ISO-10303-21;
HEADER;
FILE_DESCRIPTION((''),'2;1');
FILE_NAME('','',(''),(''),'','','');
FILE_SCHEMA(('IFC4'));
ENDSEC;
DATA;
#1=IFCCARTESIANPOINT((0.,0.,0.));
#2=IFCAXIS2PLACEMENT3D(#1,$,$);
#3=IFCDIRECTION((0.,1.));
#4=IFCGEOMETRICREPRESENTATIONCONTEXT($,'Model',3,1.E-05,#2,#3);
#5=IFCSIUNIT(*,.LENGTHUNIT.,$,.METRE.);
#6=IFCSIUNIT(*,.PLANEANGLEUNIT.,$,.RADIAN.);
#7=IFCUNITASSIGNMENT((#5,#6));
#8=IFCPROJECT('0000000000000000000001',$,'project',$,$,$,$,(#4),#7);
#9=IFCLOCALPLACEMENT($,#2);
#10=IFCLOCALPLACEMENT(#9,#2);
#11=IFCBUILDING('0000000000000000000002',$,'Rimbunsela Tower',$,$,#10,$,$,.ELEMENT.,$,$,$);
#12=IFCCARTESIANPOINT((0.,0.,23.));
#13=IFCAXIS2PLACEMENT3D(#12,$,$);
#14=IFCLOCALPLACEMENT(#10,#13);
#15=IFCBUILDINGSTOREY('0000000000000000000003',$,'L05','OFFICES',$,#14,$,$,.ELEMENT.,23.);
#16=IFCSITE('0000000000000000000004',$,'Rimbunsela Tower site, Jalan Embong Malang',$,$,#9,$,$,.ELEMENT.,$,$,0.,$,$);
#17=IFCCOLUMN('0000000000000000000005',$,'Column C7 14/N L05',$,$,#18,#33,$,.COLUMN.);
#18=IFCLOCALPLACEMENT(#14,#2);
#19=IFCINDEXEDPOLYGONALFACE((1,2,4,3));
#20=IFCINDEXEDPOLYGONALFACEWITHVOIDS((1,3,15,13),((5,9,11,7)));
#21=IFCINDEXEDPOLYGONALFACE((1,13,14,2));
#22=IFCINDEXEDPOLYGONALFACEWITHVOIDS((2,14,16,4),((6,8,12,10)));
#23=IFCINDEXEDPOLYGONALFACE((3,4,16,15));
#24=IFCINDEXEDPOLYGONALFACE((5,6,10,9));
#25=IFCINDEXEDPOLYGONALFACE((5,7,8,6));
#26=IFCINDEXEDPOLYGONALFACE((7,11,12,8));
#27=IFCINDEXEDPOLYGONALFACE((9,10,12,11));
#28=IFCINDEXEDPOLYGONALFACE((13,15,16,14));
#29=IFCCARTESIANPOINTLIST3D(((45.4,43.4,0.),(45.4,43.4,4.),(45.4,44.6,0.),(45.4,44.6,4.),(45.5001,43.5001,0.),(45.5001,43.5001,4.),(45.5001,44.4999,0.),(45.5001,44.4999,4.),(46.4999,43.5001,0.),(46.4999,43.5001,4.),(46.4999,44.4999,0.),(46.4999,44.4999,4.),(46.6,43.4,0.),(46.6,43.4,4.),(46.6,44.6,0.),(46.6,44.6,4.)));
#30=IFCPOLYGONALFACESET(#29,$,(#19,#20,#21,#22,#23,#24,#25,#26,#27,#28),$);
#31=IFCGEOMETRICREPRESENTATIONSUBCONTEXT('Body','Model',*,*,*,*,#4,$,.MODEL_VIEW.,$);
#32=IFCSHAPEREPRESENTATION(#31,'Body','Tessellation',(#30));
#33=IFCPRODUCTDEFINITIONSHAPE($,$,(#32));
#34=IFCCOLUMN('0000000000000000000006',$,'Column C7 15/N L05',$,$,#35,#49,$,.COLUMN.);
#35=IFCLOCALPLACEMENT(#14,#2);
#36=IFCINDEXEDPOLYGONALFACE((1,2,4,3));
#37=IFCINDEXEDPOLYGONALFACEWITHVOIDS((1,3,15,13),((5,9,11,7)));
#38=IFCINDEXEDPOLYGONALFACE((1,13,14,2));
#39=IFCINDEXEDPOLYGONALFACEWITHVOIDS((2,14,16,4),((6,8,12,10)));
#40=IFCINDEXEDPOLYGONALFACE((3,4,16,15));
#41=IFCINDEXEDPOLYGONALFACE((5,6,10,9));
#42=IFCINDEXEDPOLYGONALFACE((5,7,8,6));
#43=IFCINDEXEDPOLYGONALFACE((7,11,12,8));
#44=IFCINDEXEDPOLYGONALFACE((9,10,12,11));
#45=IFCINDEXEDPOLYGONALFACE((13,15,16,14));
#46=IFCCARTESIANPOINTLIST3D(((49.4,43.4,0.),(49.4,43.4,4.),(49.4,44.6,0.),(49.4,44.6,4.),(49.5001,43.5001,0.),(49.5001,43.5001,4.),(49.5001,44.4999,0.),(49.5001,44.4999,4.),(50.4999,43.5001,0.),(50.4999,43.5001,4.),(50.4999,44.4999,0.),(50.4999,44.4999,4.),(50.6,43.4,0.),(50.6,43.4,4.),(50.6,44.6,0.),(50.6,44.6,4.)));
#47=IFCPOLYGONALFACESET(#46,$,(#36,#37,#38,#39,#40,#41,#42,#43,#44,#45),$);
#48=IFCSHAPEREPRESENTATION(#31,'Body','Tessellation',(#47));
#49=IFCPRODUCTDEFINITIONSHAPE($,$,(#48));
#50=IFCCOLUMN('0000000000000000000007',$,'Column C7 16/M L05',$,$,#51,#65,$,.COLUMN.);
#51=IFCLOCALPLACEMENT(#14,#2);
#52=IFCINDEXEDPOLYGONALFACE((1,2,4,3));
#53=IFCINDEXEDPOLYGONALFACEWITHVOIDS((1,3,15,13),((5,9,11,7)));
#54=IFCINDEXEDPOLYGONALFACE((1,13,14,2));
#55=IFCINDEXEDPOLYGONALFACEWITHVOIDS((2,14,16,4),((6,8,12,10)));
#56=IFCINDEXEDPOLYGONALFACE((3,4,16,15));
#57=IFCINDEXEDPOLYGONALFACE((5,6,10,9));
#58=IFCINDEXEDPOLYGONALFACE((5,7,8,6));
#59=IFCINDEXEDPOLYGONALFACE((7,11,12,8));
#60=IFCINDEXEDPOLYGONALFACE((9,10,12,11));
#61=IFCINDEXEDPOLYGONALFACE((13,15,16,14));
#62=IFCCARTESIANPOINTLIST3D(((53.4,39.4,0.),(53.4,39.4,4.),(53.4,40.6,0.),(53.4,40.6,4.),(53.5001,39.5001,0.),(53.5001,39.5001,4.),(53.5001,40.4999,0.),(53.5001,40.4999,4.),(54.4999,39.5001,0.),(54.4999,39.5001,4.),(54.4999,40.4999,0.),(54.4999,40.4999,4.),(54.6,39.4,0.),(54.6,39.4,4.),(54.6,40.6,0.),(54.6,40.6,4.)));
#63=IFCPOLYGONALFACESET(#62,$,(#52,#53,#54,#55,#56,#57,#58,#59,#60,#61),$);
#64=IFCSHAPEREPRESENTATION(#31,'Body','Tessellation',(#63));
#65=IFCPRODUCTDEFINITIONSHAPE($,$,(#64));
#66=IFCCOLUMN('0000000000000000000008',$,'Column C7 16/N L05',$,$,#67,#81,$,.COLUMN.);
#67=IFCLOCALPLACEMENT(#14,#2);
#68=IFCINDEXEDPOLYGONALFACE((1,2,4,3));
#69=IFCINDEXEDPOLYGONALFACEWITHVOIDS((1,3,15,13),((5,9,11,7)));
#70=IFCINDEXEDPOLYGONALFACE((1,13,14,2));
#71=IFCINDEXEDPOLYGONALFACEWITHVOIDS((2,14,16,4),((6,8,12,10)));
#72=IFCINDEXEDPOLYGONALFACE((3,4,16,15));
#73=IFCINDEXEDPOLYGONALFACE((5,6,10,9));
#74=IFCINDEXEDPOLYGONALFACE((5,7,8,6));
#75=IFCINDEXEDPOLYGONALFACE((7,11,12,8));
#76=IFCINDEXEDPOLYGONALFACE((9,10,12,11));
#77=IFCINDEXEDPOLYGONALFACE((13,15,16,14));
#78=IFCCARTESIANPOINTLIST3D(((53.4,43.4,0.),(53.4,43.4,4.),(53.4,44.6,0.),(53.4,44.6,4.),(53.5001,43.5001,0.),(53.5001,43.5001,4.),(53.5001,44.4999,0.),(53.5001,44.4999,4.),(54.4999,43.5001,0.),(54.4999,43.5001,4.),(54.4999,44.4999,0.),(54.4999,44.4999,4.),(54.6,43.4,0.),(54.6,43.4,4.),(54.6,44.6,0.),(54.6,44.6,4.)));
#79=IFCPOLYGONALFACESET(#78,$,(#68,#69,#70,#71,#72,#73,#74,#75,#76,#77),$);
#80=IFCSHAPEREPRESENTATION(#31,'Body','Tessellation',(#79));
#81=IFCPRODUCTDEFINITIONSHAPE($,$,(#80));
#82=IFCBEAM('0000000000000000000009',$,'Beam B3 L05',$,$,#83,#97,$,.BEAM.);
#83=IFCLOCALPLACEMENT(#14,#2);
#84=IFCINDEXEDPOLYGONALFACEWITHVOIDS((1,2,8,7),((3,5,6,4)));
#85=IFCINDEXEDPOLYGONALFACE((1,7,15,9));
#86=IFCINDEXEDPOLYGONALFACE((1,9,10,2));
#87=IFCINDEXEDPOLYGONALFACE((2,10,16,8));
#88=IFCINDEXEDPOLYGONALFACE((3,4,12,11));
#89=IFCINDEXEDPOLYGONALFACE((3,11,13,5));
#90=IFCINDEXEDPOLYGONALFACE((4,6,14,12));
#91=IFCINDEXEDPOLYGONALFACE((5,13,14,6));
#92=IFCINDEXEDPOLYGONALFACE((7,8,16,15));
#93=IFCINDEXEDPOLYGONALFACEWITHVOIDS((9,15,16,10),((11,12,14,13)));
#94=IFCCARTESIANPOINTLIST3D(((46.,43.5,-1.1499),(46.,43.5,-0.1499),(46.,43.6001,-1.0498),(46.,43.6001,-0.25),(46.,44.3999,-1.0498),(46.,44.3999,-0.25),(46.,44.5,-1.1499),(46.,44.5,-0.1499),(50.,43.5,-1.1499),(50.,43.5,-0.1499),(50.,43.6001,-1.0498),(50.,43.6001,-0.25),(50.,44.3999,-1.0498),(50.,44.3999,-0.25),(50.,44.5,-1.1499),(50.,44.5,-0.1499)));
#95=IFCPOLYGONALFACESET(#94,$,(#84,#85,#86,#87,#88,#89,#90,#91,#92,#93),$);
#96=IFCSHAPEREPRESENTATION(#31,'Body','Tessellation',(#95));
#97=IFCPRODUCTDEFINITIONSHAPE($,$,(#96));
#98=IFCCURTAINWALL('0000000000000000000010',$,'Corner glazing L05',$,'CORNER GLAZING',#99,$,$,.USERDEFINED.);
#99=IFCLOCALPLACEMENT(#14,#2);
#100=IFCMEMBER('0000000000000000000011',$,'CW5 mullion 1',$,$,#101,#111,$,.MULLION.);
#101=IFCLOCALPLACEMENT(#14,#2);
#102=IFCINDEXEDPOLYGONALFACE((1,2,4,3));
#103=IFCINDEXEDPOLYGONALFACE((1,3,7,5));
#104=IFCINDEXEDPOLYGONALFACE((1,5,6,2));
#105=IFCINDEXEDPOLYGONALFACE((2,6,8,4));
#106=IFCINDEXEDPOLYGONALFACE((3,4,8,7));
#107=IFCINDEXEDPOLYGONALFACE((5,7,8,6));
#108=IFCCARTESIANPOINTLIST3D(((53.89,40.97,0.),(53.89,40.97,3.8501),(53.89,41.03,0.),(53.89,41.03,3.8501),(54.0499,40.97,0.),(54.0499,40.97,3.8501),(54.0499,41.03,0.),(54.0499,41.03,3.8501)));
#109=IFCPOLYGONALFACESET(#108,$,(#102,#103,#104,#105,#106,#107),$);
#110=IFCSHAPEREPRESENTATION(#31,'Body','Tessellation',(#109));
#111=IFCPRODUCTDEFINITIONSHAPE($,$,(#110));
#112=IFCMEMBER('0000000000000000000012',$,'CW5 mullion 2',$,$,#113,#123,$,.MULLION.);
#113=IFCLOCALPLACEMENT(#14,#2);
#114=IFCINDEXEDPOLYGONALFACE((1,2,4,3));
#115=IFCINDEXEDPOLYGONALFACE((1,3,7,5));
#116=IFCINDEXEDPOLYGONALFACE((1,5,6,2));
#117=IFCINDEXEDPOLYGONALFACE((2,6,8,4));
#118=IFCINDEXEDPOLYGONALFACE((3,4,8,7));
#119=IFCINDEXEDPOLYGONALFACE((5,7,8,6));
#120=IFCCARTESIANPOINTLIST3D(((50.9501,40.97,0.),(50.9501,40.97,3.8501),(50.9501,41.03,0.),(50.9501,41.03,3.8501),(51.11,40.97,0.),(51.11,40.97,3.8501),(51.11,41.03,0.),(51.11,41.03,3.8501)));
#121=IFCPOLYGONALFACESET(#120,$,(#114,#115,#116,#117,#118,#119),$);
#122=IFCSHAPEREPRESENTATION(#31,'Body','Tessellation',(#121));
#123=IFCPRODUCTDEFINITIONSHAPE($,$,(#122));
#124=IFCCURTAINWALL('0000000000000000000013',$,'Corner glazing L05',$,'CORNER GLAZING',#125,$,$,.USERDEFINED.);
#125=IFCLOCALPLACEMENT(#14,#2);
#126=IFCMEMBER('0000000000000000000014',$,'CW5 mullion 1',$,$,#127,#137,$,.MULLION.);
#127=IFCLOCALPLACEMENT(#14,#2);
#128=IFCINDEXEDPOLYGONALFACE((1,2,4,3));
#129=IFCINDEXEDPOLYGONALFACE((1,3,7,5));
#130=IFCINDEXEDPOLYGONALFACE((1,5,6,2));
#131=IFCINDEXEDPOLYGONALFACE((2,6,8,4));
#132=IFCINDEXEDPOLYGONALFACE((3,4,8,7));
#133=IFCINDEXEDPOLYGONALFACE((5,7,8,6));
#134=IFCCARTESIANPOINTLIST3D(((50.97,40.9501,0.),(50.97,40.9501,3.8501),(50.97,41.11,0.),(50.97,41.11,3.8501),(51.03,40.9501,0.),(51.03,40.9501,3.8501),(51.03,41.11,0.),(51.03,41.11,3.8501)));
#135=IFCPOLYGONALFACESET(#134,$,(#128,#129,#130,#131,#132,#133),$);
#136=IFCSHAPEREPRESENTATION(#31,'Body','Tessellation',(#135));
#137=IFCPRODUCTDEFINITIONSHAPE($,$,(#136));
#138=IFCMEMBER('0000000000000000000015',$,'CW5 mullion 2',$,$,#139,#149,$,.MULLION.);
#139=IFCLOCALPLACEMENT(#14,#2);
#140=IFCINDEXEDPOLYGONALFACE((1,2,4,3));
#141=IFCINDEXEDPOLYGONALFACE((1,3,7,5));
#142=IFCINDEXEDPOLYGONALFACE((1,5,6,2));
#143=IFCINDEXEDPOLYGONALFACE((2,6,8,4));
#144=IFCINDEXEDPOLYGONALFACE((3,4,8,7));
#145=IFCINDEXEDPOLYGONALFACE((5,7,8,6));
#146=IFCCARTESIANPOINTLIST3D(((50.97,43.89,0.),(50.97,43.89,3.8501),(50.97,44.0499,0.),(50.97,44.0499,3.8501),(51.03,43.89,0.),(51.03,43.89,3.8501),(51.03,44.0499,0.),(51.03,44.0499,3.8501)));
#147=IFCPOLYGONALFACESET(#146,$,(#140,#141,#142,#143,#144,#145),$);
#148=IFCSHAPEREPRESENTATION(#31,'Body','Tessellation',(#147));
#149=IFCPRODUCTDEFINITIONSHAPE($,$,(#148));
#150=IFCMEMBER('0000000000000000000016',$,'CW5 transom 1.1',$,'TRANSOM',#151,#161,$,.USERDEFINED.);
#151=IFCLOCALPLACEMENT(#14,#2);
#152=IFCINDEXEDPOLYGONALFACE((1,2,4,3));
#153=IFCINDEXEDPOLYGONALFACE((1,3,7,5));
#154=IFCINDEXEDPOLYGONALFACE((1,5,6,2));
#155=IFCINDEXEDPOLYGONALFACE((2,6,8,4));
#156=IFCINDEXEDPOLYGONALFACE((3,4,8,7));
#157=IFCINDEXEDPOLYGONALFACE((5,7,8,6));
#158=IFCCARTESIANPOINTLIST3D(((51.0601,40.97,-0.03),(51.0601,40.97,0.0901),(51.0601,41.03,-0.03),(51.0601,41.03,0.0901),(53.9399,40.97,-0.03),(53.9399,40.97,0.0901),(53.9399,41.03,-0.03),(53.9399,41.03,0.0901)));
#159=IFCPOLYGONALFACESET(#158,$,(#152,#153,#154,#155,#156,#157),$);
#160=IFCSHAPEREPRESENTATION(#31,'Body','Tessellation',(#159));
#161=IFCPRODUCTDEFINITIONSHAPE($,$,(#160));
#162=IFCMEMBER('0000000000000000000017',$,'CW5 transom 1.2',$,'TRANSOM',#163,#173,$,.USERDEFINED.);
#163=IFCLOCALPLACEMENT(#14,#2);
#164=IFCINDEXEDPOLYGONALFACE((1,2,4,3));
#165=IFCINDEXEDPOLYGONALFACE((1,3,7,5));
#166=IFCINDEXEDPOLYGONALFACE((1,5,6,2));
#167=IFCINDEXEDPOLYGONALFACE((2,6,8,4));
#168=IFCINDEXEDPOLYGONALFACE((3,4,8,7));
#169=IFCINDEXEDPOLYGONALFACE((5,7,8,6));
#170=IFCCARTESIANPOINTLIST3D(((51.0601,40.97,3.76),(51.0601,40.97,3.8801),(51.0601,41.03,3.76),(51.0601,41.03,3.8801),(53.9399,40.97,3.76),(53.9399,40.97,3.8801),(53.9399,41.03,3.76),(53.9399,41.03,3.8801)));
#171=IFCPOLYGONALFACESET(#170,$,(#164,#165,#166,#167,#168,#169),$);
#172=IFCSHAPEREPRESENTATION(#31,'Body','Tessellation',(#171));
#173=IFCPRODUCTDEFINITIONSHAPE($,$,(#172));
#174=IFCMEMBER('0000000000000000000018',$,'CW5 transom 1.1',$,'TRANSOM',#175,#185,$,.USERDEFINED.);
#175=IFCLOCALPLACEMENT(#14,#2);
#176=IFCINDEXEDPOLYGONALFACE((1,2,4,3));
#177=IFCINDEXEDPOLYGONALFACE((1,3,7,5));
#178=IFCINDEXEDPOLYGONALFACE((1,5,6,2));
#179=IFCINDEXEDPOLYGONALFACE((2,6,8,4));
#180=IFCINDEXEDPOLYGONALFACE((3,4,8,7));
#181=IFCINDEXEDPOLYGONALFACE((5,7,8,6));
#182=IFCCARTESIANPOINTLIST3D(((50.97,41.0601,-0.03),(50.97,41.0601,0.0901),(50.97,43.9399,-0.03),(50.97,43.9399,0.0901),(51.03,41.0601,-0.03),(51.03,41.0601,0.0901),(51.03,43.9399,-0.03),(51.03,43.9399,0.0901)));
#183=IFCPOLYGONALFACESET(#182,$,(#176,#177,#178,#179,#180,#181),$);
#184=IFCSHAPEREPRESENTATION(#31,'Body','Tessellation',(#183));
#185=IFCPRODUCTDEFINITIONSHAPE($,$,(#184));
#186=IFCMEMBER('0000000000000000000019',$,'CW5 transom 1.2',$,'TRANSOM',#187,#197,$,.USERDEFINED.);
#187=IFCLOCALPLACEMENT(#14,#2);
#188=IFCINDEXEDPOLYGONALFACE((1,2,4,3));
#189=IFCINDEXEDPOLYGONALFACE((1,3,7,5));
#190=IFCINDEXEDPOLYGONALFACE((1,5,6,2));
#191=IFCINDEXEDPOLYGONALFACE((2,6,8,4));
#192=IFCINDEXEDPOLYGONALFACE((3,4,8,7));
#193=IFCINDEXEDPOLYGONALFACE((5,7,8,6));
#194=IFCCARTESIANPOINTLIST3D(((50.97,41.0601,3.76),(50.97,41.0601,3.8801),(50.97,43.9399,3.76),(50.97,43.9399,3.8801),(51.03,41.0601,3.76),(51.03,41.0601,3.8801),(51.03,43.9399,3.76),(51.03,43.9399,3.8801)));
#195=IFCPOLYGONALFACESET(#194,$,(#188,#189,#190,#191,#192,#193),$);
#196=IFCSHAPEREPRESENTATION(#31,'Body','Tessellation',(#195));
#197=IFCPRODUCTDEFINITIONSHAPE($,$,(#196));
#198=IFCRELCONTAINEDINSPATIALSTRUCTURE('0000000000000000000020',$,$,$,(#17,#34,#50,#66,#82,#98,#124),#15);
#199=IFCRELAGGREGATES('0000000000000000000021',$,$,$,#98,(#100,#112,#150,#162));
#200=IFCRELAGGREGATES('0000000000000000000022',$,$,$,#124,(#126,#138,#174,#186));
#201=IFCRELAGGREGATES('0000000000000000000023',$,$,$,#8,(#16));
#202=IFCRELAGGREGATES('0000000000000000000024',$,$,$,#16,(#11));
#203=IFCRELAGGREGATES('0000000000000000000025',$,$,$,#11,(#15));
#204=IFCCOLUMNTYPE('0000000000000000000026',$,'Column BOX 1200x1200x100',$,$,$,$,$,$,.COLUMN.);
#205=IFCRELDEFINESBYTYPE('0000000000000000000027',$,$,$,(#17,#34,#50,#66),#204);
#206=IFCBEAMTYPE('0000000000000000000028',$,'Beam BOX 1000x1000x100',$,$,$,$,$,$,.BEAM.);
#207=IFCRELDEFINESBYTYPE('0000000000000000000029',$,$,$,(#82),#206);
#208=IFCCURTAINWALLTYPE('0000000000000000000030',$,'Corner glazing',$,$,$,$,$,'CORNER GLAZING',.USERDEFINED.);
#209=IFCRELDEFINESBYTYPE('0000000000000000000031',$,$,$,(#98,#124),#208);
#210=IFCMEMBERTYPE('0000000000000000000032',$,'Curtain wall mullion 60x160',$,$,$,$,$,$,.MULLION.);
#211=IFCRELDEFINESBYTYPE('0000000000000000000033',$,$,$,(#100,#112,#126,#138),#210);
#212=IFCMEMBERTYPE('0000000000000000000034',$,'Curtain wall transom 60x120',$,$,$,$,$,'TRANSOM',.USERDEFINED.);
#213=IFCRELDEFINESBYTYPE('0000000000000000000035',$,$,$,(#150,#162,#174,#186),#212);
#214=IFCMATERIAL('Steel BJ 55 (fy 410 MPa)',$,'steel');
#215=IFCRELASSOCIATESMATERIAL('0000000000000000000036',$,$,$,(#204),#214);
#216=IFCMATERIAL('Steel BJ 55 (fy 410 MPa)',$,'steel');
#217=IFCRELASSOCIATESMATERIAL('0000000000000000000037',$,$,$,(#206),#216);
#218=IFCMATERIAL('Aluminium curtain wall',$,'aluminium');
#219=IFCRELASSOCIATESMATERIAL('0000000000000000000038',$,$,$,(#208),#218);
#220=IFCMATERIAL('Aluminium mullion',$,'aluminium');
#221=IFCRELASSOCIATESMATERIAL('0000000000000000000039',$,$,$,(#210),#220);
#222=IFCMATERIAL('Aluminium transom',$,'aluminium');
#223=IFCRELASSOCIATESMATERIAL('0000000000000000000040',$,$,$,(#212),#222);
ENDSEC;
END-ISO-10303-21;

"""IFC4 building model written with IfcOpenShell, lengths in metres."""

from ifc_helpers import new_model, si_unit, direction, frame, origin, origin_2d, place, context, subcontext, project, spatial, rectangle, hollow_rectangle, extrude, material, material_profile, profile_set, type_object, element, aggregate, save


model = new_model("IFC4")

# Units and contexts
model_context = context("Model", 3, precision=1e-05, world=origin(), true_north=direction((0.0, 1.0)))
body_context = subcontext(model_context, "Body", "Model", "MODEL_VIEW")
ifc_project = project(units=[si_unit("LENGTHUNIT", "METRE"), si_unit("PLANEANGLEUNIT", "RADIAN")], contexts=[model_context])

# Site, building, storey
site_placement = place(None, origin())
site = spatial("IfcSite", under=ifc_project, at=site_placement, Name="Rimbunsela Tower site, Jalan Embong Malang", CompositionType="ELEMENT", RefElevation=0.0)
building_placement = place(site_placement, origin())
building = spatial("IfcBuilding", under=site, at=building_placement, Name="Rimbunsela Tower", CompositionType="ELEMENT")
storey_placement = place(building_placement, frame((0.0, 0.0, 23.0)))
storey = spatial("IfcBuildingStorey", under=building, at=storey_placement, Name="L05", Description="OFFICES", CompositionType="ELEMENT", Elevation=23.0)

# Columns
ifc_material_1 = material(Name="Steel BJ 55 (fy 410 MPa)", Category="steel")
ifc_material_profile_1 = material_profile(ifc_material_1, hollow_rectangle(XDim=1.2, YDim=1.2, WallThickness=0.1001, at=origin_2d()), Name="BOX 1200x1200x100")
ifc_profile_set_1 = profile_set([ifc_material_profile_1], Name="Steel BJ 55 (fy 410 MPa)")
column_type = type_object("IfcColumnType", Name="Column BOX 1200x1200x100", PredefinedType="COLUMN", material=ifc_profile_set_1)
for number, where, z_axis, x_axis, name in (
    (1, (46.0, 44.0, 0.0), (0.0, 0.0, 1.0), (1.0, 0.0, 0.0), "Column C7 14/N L05"),
    (2, (50.0, 44.0, 0.0), (0.0, 0.0, 1.0), (1.0, 0.0, 0.0), "Column C7 15/N L05"),
    (3, (54.0, 40.0, 0.0), (0.0, 0.0, 1.0), (1.0, 0.0, 0.0), "Column C7 16/M L05"),
    (4, (54.0, 44.0, 0.0), (0.0, 0.0, 1.0), (1.0, 0.0, 0.0), "Column C7 16/N L05"),
):
    element("IfcColumn", number, at=place(storey_placement, frame(where, z_axis=z_axis, x_axis=x_axis)), inside=storey, type_object=column_type, Name=name, PredefinedType="COLUMN", context=body_context, shape_type="SweptSolid", body=[
        extrude(hollow_rectangle(XDim=1.2, YDim=1.2, WallThickness=0.1001, at=origin_2d()), origin(), (0.0, 0.0, 1.0), 4.0),
    ])

# Beam
ifc_material_2 = material(Name="Steel BJ 55 (fy 410 MPa)", Category="steel")
ifc_material_profile_2 = material_profile(ifc_material_2, hollow_rectangle(XDim=1.0, YDim=1.0, WallThickness=0.1001, at=origin_2d()), Name="BOX 1000x1000x100")
ifc_profile_set_2 = profile_set([ifc_material_profile_2], Name="Steel BJ 55 (fy 410 MPa)")
beam_type = type_object("IfcBeamType", Name="Beam BOX 1000x1000x100", PredefinedType="BEAM", material=ifc_profile_set_2)
beam_placement = place(storey_placement, frame((46.0, 44.0, -0.6499), z_axis=(1.0, 0.0, 0.0), x_axis=(0.0, 1.0, 0.0)))
element("IfcBeam", 5, at=beam_placement, inside=storey, type_object=beam_type, Name="Beam B3 L05", PredefinedType="BEAM", context=body_context, shape_type="SweptSolid", body=[
    extrude(hollow_rectangle(XDim=1.0, YDim=1.0, WallThickness=0.1001, at=origin_2d()), origin(), (0.0, 0.0, 1.0), 4.0),
])

# Curtain walls, members
ifc_material_3 = material(Name="Aluminium curtain wall", Category="aluminium")
curtain_wall_type = type_object("IfcCurtainWallType", Name="Corner glazing", ElementType="CORNER GLAZING", PredefinedType="USERDEFINED", material=ifc_material_3)
curtain_wall_1_placement = place(storey_placement, origin())
curtain_wall_1 = element("IfcCurtainWall", 6, at=curtain_wall_1_placement, inside=storey, type_object=curtain_wall_type, Name="Corner glazing L05", ObjectType="CORNER GLAZING", PredefinedType="USERDEFINED")
ifc_material_4 = material(Name="Aluminium mullion", Category="aluminium")
ifc_material_profile_3 = material_profile(ifc_material_4, rectangle(XDim=0.0601, YDim=0.1599, at=origin_2d()), Name="Mullion 60x160")
ifc_profile_set_3 = profile_set([ifc_material_profile_3], Name="Aluminium mullion")
member_type_1 = type_object("IfcMemberType", Name="Curtain wall mullion 60x160", PredefinedType="MULLION", material=ifc_profile_set_3)
member_1_placement = place(storey_placement, frame((53.97, 41.0, 0.0), z_axis=(0.0, 0.0, 1.0), x_axis=(0.0, -1.0, 0.0)))
member_1 = element("IfcMember", 7, at=member_1_placement, type_object=member_type_1, Name="CW5 mullion 1", PredefinedType="MULLION", context=body_context, shape_type="SweptSolid", body=[
    extrude(rectangle(XDim=0.0601, YDim=0.1599, at=origin_2d()), origin(), (0.0, 0.0, 1.0), 3.8501),
])
member_2_placement = place(storey_placement, frame((51.03, 41.0, 0.0), z_axis=(0.0, 0.0, 1.0), x_axis=(0.0, -1.0, 0.0)))
member_2 = element("IfcMember", 8, at=member_2_placement, type_object=member_type_1, Name="CW5 mullion 2", PredefinedType="MULLION", context=body_context, shape_type="SweptSolid", body=[
    extrude(rectangle(XDim=0.0601, YDim=0.1599, at=origin_2d()), origin(), (0.0, 0.0, 1.0), 3.8501),
])
curtain_wall_2_placement = place(storey_placement, origin())
curtain_wall_2 = element("IfcCurtainWall", 9, at=curtain_wall_2_placement, inside=storey, type_object=curtain_wall_type, Name="Corner glazing L05", ObjectType="CORNER GLAZING", PredefinedType="USERDEFINED")
member_3_placement = place(storey_placement, frame((51.0, 41.03, 0.0), z_axis=(0.0, 0.0, 1.0), x_axis=(-1.0, 0.0, 0.0)))
member_3 = element("IfcMember", 10, at=member_3_placement, type_object=member_type_1, Name="CW5 mullion 1", PredefinedType="MULLION", context=body_context, shape_type="SweptSolid", body=[
    extrude(rectangle(XDim=0.0601, YDim=0.1599, at=origin_2d()), origin(), (0.0, 0.0, 1.0), 3.8501),
])
member_4_placement = place(storey_placement, frame((51.0, 43.97, 0.0), z_axis=(0.0, 0.0, 1.0), x_axis=(-1.0, 0.0, 0.0)))
member_4 = element("IfcMember", 11, at=member_4_placement, type_object=member_type_1, Name="CW5 mullion 2", PredefinedType="MULLION", context=body_context, shape_type="SweptSolid", body=[
    extrude(rectangle(XDim=0.0601, YDim=0.1599, at=origin_2d()), origin(), (0.0, 0.0, 1.0), 3.8501),
])

# Members
ifc_material_5 = material(Name="Aluminium transom", Category="aluminium")
ifc_material_profile_4 = material_profile(ifc_material_5, rectangle(XDim=0.0601, YDim=0.1201, at=origin_2d()), Name="Transom 60x120")
ifc_profile_set_4 = profile_set([ifc_material_profile_4], Name="Aluminium transom")
member_type_2 = type_object("IfcMemberType", Name="Curtain wall transom 60x120", ElementType="TRANSOM", PredefinedType="USERDEFINED", material=ifc_profile_set_4)
member_5_placement = place(storey_placement, frame((53.9399, 41.0, 0.03), z_axis=(-1.0, 0.0, 0.0), x_axis=(0.0, -1.0, 0.0)))
member_5 = element("IfcMember", 12, at=member_5_placement, type_object=member_type_2, Name="CW5 transom 1.1", ObjectType="TRANSOM", PredefinedType="USERDEFINED", context=body_context, shape_type="SweptSolid", body=[
    extrude(rectangle(XDim=0.0601, YDim=0.1201, at=origin_2d()), origin(), (0.0, 0.0, 1.0), 2.8799),
])
member_6_placement = place(storey_placement, frame((53.9399, 41.0, 3.8201), z_axis=(-1.0, 0.0, 0.0), x_axis=(0.0, -1.0, 0.0)))
member_6 = element("IfcMember", 13, at=member_6_placement, type_object=member_type_2, Name="CW5 transom 1.2", ObjectType="TRANSOM", PredefinedType="USERDEFINED", context=body_context, shape_type="SweptSolid", body=[
    extrude(rectangle(XDim=0.0601, YDim=0.1201, at=origin_2d()), origin(), (0.0, 0.0, 1.0), 2.8799),
])
member_7_placement = place(storey_placement, frame((51.0, 41.0601, 0.03), z_axis=(0.0, 1.0, 0.0), x_axis=(-1.0, 0.0, 0.0)))
member_7 = element("IfcMember", 14, at=member_7_placement, type_object=member_type_2, Name="CW5 transom 1.1", ObjectType="TRANSOM", PredefinedType="USERDEFINED", context=body_context, shape_type="SweptSolid", body=[
    extrude(rectangle(XDim=0.0601, YDim=0.1201, at=origin_2d()), origin(), (0.0, 0.0, 1.0), 2.8799),
])
member_8_placement = place(storey_placement, frame((51.0, 41.0601, 3.8201), z_axis=(0.0, 1.0, 0.0), x_axis=(-1.0, 0.0, 0.0)))
member_8 = element("IfcMember", 15, at=member_8_placement, type_object=member_type_2, Name="CW5 transom 1.2", ObjectType="TRANSOM", PredefinedType="USERDEFINED", context=body_context, shape_type="SweptSolid", body=[
    extrude(rectangle(XDim=0.0601, YDim=0.1201, at=origin_2d()), origin(), (0.0, 0.0, 1.0), 2.8799),
])

aggregate(curtain_wall_1, [member_1, member_2, member_5, member_6])
aggregate(curtain_wall_2, [member_3, member_4, member_7, member_8])

save(model, "model.ifc")
